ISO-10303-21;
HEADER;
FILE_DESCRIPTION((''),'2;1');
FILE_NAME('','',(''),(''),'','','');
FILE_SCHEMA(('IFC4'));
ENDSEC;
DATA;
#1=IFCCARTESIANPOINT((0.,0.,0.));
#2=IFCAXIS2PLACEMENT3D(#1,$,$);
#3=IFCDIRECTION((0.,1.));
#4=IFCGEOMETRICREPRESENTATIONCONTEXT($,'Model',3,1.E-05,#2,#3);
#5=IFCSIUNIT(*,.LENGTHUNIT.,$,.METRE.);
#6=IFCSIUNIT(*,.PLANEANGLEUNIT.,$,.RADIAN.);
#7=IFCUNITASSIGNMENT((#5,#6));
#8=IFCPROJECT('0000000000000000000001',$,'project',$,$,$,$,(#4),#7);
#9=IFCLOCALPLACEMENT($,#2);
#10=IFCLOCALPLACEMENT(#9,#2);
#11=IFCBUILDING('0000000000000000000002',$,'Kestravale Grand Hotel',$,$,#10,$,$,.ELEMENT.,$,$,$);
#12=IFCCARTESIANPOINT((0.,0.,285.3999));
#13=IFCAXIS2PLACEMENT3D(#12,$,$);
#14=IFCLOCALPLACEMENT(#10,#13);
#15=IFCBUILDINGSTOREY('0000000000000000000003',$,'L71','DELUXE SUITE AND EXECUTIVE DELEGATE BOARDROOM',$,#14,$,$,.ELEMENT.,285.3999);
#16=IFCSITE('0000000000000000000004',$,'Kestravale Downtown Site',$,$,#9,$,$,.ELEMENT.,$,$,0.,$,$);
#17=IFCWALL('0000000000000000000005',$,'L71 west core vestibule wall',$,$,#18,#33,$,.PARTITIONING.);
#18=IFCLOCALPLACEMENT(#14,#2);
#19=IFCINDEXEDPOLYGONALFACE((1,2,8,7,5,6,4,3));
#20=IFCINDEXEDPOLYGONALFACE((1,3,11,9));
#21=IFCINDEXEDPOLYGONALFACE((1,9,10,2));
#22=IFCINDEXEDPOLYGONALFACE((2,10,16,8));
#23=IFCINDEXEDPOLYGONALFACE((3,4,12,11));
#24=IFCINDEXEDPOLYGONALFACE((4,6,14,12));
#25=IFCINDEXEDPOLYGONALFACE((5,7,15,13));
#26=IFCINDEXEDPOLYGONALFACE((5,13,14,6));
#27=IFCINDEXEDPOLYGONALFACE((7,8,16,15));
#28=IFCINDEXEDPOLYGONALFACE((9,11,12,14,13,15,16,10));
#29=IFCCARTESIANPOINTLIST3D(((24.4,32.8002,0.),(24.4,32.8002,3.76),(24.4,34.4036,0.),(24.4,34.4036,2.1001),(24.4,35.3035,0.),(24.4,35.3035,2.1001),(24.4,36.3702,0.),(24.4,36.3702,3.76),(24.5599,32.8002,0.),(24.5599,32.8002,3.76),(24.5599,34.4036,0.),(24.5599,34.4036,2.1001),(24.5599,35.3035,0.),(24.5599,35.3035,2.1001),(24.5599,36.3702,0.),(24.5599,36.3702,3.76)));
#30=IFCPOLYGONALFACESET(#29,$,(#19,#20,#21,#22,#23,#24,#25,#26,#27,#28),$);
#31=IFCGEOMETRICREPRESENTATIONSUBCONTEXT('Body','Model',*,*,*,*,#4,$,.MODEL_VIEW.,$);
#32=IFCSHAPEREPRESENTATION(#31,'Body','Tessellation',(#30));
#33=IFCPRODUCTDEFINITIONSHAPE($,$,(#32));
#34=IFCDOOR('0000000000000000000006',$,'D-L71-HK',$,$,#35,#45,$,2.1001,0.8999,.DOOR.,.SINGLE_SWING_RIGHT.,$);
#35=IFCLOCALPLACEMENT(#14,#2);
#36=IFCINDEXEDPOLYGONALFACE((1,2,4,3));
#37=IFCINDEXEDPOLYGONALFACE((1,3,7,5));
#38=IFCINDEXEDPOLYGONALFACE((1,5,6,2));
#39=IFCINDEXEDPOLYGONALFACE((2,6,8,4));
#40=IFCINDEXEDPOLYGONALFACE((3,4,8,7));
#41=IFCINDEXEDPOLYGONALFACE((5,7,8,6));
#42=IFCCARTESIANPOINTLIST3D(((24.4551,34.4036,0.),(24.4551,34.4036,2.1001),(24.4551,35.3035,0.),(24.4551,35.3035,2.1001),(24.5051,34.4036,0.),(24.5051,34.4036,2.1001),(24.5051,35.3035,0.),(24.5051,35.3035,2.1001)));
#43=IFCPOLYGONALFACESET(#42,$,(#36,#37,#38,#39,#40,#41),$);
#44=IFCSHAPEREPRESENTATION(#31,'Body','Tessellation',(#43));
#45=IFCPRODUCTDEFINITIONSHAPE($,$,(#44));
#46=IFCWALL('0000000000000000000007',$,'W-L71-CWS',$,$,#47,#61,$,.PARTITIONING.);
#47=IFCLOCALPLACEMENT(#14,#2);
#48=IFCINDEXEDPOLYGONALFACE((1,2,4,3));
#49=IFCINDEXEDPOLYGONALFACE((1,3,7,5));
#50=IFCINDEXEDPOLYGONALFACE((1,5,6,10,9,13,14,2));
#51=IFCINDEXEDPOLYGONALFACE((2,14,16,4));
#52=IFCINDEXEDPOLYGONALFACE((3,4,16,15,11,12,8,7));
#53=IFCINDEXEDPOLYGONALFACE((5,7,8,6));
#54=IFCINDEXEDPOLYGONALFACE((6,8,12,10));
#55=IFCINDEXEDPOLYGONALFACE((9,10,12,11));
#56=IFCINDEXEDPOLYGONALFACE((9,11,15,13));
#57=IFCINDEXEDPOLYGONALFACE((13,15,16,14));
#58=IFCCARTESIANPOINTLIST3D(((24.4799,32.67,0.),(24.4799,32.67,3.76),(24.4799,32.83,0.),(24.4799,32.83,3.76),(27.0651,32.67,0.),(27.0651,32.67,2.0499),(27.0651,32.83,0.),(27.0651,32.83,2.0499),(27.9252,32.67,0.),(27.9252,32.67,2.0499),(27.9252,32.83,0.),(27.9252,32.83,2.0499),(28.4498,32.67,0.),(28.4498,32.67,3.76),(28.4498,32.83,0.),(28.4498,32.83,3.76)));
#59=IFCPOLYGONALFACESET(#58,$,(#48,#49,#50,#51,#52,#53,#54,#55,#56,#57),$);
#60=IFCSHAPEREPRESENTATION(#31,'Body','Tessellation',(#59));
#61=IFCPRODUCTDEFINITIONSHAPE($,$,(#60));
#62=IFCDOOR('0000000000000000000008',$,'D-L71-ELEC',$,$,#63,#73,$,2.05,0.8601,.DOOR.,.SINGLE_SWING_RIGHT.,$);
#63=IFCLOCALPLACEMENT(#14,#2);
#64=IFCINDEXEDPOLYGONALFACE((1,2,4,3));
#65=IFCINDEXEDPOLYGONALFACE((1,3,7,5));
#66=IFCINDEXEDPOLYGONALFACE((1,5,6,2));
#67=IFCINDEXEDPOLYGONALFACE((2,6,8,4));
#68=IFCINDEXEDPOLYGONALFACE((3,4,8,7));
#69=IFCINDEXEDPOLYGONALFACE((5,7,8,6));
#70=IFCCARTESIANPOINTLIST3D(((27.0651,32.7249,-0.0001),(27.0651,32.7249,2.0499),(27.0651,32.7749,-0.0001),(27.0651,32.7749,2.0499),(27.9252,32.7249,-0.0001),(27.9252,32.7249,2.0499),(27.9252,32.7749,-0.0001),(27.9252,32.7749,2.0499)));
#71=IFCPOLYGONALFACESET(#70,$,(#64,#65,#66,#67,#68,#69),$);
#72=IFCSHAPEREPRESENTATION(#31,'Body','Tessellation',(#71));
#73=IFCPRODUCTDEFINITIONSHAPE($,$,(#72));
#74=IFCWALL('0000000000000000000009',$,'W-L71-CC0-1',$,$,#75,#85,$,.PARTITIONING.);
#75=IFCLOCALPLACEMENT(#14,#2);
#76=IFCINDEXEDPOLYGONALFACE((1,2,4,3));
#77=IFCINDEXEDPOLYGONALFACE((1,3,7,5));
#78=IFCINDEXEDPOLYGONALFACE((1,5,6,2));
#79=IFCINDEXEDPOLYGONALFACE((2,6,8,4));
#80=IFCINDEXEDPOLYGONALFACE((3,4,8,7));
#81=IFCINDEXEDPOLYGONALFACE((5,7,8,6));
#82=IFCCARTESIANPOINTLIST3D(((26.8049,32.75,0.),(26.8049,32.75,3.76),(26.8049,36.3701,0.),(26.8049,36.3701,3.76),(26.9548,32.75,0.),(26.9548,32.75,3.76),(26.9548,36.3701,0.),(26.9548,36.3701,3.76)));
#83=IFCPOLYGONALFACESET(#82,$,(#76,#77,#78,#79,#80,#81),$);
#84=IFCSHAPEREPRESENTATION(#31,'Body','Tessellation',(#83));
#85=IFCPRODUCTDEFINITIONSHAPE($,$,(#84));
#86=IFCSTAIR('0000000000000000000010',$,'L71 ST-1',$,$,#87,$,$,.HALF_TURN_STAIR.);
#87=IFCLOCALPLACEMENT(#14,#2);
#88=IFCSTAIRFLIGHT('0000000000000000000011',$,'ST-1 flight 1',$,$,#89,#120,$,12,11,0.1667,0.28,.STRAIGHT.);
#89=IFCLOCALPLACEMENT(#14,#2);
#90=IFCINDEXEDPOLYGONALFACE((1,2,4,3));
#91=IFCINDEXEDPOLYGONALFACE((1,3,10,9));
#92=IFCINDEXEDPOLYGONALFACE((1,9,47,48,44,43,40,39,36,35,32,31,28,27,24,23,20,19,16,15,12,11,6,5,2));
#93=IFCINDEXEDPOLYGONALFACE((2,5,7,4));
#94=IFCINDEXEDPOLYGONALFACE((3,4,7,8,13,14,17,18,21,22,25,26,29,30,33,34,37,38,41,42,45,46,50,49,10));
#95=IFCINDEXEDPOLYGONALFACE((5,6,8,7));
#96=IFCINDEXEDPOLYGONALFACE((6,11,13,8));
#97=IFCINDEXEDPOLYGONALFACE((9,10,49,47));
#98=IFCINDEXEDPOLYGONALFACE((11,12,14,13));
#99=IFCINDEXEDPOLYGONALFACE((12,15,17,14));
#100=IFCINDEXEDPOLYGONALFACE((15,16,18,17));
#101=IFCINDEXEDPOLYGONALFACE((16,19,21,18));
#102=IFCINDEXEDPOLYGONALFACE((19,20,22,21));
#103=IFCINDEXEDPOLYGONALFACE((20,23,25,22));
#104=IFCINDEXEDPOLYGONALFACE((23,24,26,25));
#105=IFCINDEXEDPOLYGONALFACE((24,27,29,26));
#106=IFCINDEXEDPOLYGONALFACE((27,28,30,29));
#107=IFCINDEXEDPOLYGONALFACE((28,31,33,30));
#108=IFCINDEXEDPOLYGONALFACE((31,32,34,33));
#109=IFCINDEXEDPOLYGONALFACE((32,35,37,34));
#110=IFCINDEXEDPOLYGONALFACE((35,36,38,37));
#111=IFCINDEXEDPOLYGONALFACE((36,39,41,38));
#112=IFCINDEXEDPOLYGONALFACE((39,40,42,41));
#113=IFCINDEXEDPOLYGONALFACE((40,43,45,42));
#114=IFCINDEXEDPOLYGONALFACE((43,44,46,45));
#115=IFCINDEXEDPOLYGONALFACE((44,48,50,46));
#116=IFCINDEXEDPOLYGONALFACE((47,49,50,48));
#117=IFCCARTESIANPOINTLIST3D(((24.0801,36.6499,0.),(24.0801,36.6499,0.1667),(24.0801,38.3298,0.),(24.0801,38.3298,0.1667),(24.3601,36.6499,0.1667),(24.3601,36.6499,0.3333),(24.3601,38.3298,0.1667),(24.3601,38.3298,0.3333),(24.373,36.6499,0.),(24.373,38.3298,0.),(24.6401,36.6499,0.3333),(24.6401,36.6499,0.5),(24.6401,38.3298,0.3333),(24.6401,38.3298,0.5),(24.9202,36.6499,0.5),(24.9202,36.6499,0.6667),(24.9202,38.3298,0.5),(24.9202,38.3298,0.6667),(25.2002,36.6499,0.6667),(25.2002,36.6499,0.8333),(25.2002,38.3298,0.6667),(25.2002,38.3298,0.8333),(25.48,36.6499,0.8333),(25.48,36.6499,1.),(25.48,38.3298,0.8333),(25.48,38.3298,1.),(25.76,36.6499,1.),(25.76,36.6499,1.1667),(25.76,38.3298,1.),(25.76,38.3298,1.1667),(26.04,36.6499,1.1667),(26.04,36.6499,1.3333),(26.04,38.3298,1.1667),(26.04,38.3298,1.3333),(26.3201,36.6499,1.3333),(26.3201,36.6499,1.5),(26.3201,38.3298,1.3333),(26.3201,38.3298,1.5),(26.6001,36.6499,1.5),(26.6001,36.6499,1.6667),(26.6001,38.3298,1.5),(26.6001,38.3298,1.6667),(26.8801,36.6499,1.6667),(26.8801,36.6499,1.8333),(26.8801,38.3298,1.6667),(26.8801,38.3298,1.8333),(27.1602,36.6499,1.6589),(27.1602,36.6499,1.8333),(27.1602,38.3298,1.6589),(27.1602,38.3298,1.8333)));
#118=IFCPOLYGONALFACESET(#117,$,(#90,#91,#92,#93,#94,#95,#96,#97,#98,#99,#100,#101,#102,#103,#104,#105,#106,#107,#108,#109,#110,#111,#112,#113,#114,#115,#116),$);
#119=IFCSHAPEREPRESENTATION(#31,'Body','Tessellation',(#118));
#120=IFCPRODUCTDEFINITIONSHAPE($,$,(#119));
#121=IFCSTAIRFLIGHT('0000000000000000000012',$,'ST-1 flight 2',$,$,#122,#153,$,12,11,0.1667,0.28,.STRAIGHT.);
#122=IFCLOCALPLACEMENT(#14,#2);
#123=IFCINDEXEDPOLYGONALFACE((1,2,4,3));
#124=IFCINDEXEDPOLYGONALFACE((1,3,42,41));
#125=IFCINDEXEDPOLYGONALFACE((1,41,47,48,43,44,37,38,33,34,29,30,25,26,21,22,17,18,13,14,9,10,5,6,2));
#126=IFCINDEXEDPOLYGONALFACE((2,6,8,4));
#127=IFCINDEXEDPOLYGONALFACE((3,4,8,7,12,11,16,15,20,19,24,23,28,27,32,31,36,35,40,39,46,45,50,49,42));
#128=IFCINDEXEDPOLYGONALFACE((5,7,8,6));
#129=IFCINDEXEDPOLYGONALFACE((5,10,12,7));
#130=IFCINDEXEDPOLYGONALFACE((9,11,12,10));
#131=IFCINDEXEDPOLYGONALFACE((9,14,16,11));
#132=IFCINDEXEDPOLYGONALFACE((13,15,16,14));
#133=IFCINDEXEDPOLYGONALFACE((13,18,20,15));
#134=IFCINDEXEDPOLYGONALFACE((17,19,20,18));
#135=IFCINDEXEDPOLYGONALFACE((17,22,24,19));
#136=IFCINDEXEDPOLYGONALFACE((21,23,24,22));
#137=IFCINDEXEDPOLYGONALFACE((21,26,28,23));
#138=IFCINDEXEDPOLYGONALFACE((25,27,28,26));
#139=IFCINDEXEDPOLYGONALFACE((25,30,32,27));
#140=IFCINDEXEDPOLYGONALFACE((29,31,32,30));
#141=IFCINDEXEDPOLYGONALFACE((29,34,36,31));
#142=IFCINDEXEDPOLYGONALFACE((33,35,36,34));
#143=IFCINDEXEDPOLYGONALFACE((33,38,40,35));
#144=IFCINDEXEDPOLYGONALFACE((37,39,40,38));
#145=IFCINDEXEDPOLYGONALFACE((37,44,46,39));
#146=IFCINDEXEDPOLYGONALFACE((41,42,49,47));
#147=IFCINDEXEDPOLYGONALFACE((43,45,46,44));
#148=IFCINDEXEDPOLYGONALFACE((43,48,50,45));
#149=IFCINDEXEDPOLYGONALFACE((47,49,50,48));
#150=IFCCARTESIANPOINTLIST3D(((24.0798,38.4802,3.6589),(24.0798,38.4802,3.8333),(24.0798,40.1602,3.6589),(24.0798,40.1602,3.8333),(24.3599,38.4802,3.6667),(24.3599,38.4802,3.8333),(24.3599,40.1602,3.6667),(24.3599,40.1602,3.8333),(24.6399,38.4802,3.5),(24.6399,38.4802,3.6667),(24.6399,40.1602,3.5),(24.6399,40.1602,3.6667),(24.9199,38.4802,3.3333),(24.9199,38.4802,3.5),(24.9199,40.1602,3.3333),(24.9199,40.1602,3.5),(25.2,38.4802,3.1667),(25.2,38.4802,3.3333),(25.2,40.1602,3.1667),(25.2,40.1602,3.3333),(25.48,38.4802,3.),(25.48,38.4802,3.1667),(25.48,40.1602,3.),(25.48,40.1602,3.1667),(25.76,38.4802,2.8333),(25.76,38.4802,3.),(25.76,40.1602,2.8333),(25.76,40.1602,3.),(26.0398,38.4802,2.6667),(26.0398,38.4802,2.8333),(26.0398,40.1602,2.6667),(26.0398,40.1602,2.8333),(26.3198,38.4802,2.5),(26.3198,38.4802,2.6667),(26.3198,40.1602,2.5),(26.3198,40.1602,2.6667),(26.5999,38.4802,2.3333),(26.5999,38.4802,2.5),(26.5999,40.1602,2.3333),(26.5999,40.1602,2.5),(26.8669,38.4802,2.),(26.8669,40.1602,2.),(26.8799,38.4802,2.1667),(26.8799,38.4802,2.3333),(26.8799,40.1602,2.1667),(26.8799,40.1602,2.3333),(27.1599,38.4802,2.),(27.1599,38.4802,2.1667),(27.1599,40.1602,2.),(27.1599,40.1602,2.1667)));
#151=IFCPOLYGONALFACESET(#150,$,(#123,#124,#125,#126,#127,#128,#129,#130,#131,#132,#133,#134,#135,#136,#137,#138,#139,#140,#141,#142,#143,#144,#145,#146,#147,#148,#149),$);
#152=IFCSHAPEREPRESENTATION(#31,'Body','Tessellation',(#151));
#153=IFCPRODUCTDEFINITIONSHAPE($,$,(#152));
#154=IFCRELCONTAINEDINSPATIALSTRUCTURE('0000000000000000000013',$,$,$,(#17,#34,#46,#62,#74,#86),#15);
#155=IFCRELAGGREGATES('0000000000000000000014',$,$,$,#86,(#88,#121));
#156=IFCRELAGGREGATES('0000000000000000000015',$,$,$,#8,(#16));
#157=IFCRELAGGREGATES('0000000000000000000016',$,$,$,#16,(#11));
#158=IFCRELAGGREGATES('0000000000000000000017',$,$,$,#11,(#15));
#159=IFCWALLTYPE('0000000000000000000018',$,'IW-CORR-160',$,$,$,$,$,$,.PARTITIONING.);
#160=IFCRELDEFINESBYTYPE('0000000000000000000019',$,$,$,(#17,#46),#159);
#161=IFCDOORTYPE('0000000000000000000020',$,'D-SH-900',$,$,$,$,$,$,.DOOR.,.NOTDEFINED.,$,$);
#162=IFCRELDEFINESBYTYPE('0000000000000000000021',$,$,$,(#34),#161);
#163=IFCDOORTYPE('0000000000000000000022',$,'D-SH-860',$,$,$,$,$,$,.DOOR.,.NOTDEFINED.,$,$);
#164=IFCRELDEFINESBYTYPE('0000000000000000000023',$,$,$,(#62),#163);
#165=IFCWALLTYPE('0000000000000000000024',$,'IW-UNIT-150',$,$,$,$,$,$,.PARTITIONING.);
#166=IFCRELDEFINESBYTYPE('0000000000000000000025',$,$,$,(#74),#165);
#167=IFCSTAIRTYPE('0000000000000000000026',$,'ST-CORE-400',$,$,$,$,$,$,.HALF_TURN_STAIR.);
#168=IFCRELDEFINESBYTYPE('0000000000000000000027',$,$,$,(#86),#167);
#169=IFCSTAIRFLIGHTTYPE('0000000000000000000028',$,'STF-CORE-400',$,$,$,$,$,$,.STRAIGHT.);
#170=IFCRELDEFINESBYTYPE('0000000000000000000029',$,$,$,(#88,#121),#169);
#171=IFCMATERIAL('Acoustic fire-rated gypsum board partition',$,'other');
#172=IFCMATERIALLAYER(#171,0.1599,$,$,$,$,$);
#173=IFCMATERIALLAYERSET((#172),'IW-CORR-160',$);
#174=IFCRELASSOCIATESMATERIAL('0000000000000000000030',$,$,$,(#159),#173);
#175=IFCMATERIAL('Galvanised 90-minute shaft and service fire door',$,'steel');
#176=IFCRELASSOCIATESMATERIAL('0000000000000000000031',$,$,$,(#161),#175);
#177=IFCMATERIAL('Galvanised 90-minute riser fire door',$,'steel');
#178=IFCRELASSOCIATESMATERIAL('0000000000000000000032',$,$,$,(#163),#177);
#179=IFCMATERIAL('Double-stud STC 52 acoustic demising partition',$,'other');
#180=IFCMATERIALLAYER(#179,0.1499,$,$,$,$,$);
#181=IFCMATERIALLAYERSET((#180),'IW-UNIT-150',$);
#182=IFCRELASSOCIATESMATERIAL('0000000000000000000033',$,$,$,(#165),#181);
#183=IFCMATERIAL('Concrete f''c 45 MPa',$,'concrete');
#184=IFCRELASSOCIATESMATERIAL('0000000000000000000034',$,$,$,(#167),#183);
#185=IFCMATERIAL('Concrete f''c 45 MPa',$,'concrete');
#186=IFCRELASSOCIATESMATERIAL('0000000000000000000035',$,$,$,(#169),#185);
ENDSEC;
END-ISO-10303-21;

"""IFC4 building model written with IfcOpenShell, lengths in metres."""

from ifc_helpers import new_model, si_unit, direction, frame, frame_2d, origin, place, context, subcontext, project, spatial, polyline, rectangle, outline, extrude, material, layer, layer_set, type_object, element, fill, aggregate, save


model = new_model("IFC4")

# Units and contexts
model_context = context("Model", 3, precision=1e-05, world=origin(), true_north=direction((0.0, 1.0)))
body_context = subcontext(model_context, "Body", "Model", "MODEL_VIEW")
ifc_project = project(units=[si_unit("LENGTHUNIT", "METRE"), si_unit("PLANEANGLEUNIT", "RADIAN")], contexts=[model_context])

# Site, building, storey
site_placement = place(None, origin())
site = spatial("IfcSite", under=ifc_project, at=site_placement, Name="Kestravale Downtown Site", CompositionType="ELEMENT", RefElevation=0.0)
building_placement = place(site_placement, origin())
building = spatial("IfcBuilding", under=site, at=building_placement, Name="Kestravale Grand Hotel", CompositionType="ELEMENT")
storey_placement = place(building_placement, frame((0.0, 0.0, 285.3999)))
storey = spatial("IfcBuildingStorey", under=building, at=storey_placement, Name="L71", Description="DELUXE SUITE AND EXECUTIVE DELEGATE BOARDROOM", CompositionType="ELEMENT", Elevation=285.3999)

# Walls, openings, doors
ifc_material_1 = material(Name="Acoustic fire-rated gypsum board partition", Category="other")
ifc_layer_1 = layer(ifc_material_1, 0.1599)
ifc_layer_set_1 = layer_set([ifc_layer_1], Name="IW-CORR-160")
wall_type_1 = type_object("IfcWallType", Name="IW-CORR-160", PredefinedType="PARTITIONING", material=ifc_layer_set_1)
wall_1_placement = place(storey_placement, frame((24.48, 32.8, 0.0), z_axis=(0.0, 0.0, 1.0), x_axis=(0.0, 1.0, 0.0)))
wall_1 = element("IfcWall", 1, at=wall_1_placement, inside=storey, type_object=wall_type_1, Name="L71 west core vestibule wall", PredefinedType="PARTITIONING", context=body_context, shape_type="SweptSolid", body=[
    extrude(rectangle(XDim=3.5701, YDim=0.1599, at=frame_2d((1.7852, 0.0))), origin(), (0.0, 0.0, 1.0), 3.76),
])
opening_1_placement = place(wall_1_placement, frame((1.6035, 0.0, 0.0)))
opening_1 = element("IfcOpeningElement", 2, at=opening_1_placement, cuts=wall_1, PredefinedType="OPENING", context=body_context, shape_type="SweptSolid", body=[
    extrude(rectangle(XDim=0.8999, YDim=2.1001, at=frame_2d((0.45, 1.05))), frame((0.0, 0.0898, 0.0), z_axis=(0.0, -1.0, 0.0), x_axis=(1.0, 0.0, 0.0)), (0.0, 0.0, 1.0), 0.1799),
])
ifc_material_2 = material(Name="Galvanised 90-minute shaft and service fire door", Category="steel")
door_type_1 = type_object("IfcDoorType", Name="D-SH-900", OperationType="NOTDEFINED", PredefinedType="DOOR", material=ifc_material_2)
door_1_placement = place(opening_1_placement, origin())
door_1 = element("IfcDoor", 3, at=door_1_placement, inside=storey, type_object=door_type_1, Name="D-L71-HK", OperationType="SINGLE_SWING_RIGHT", OverallHeight=2.1001, OverallWidth=0.8999, PredefinedType="DOOR", context=body_context, shape_type="SweptSolid", body=[
    extrude(rectangle(XDim=0.8999, YDim=2.1001, at=frame_2d((0.45, 1.05))), frame((0.0, 0.0249, 0.0), z_axis=(0.0, -1.0, 0.0), x_axis=(1.0, 0.0, 0.0)), (0.0, 0.0, 1.0), 0.05),
])
fill(opening_1, door_1)
wall_2_placement = place(storey_placement, frame((24.48, 32.75, 0.0), z_axis=(0.0, 0.0, 1.0), x_axis=(1.0, 0.0, 0.0)))
wall_2 = element("IfcWall", 4, at=wall_2_placement, inside=storey, type_object=wall_type_1, Name="W-L71-CWS", PredefinedType="PARTITIONING", context=body_context, shape_type="SweptSolid", body=[
    extrude(rectangle(XDim=3.97, YDim=0.1599, at=frame_2d((1.9849, 0.0))), origin(), (0.0, 0.0, 1.0), 3.76),
])
opening_2_placement = place(wall_2_placement, frame((2.585, 0.0, 0.0)))
opening_2 = element("IfcOpeningElement", 5, at=opening_2_placement, cuts=wall_2, PredefinedType="OPENING", context=body_context, shape_type="SweptSolid", body=[
    extrude(rectangle(XDim=0.8601, YDim=2.05, at=frame_2d((0.4302, 1.0249))), frame((0.0, 0.0898, 0.0), z_axis=(0.0, -1.0, 0.0), x_axis=(1.0, 0.0, 0.0)), (0.0, 0.0, 1.0), 0.1799),
])
ifc_material_3 = material(Name="Galvanised 90-minute riser fire door", Category="steel")
door_type_2 = type_object("IfcDoorType", Name="D-SH-860", OperationType="NOTDEFINED", PredefinedType="DOOR", material=ifc_material_3)
door_2_placement = place(opening_2_placement, origin())
door_2 = element("IfcDoor", 6, at=door_2_placement, inside=storey, type_object=door_type_2, Name="D-L71-ELEC", OperationType="SINGLE_SWING_RIGHT", OverallHeight=2.05, OverallWidth=0.8601, PredefinedType="DOOR", context=body_context, shape_type="SweptSolid", body=[
    extrude(rectangle(XDim=0.8601, YDim=2.05, at=frame_2d((0.4302, 1.0249))), frame((0.0, 0.0249, 0.0), z_axis=(0.0, -1.0, 0.0), x_axis=(1.0, 0.0, 0.0)), (0.0, 0.0, 1.0), 0.05),
])
fill(opening_2, door_2)

# Wall
ifc_material_4 = material(Name="Double-stud STC 52 acoustic demising partition", Category="other")
ifc_layer_2 = layer(ifc_material_4, 0.1499)
ifc_layer_set_2 = layer_set([ifc_layer_2], Name="IW-UNIT-150")
wall_type_2 = type_object("IfcWallType", Name="IW-UNIT-150", PredefinedType="PARTITIONING", material=ifc_layer_set_2)
wall_3_placement = place(storey_placement, frame((26.8799, 32.75, 0.0), z_axis=(0.0, 0.0, 1.0), x_axis=(0.0, 1.0, 0.0)))
element("IfcWall", 7, at=wall_3_placement, inside=storey, type_object=wall_type_2, Name="W-L71-CC0-1", PredefinedType="PARTITIONING", context=body_context, shape_type="SweptSolid", body=[
    extrude(rectangle(XDim=3.6201, YDim=0.1499, at=frame_2d((1.8101, 0.0))), origin(), (0.0, 0.0, 1.0), 3.76),
])

# Stair, stair flights
ifc_material_5 = material(Name="Concrete f'c 45 MPa", Category="concrete")
stair_type = type_object("IfcStairType", Name="ST-CORE-400", PredefinedType="HALF_TURN_STAIR", material=ifc_material_5)
stair_placement = place(storey_placement, origin())
stair = element("IfcStair", 8, at=stair_placement, inside=storey, type_object=stair_type, Name="L71 ST-1", PredefinedType="HALF_TURN_STAIR")
ifc_material_6 = material(Name="Concrete f'c 45 MPa", Category="concrete")
stair_flight_type = type_object("IfcStairFlightType", Name="STF-CORE-400", PredefinedType="STRAIGHT", material=ifc_material_6)
stair_flight_1_placement = place(storey_placement, frame((24.0801, 37.49, 0.0), z_axis=(0.0, 0.0, 1.0), x_axis=(1.0, 0.0, 0.0)))
stair_flight_1 = element("IfcStairFlight", 9, at=stair_flight_1_placement, type_object=stair_flight_type, Name="ST-1 flight 1", NumberOfRisers=12, NumberOfTreads=11, PredefinedType="STRAIGHT", RiserHeight=0.1667, TreadLength=0.28, context=body_context, shape_type="SweptSolid", body=[
    extrude(outline(polyline([(0.0, 0.0), (0.0, 0.1667), (0.28, 0.1667), (0.28, 0.3333), (0.5601, 0.3333), (0.5601, 0.5), (0.8401, 0.5), (0.8401, 0.6667), (1.1201, 0.6667), (1.1201, 0.8333), (1.3999, 0.8333), (1.3999, 1.0), (1.6799, 1.0), (1.6799, 1.1667), (1.96, 1.1667), (1.96, 1.3333), (2.24, 1.3333), (2.24, 1.5), (2.52, 1.5), (2.52, 1.6667), (2.8, 1.6667), (2.8, 1.8333), (3.0801, 1.8333), (3.0801, 2.0), (3.0801, 1.6589), (0.293, 0.0), (0.0, 0.0)])), frame((0.0, 0.8398, 0.0), z_axis=(0.0, -1.0, 0.0), x_axis=(1.0, 0.0, 0.0)), (0.0, 0.0, 1.0), 1.6799),
])
stair_flight_2_placement = place(storey_placement, frame((27.1599, 39.3201, 2.0), z_axis=(0.0, 0.0, 1.0), x_axis=(-1.0, 0.0, 0.0)))
stair_flight_2 = element("IfcStairFlight", 10, at=stair_flight_2_placement, type_object=stair_flight_type, Name="ST-1 flight 2", NumberOfRisers=12, NumberOfTreads=11, PredefinedType="STRAIGHT", RiserHeight=0.1667, TreadLength=0.28, context=body_context, shape_type="SweptSolid", body=[
    extrude(outline(polyline([(0.0, 0.0), (0.0, 0.1667), (0.28, 0.1667), (0.28, 0.3333), (0.5601, 0.3333), (0.5601, 0.5), (0.8401, 0.5), (0.8401, 0.6667), (1.1201, 0.6667), (1.1201, 0.8333), (1.3999, 0.8333), (1.3999, 1.0), (1.6799, 1.0), (1.6799, 1.1667), (1.96, 1.1667), (1.96, 1.3333), (2.24, 1.3333), (2.24, 1.5), (2.52, 1.5), (2.52, 1.6667), (2.8, 1.6667), (2.8, 1.8333), (3.0801, 1.8333), (3.0801, 2.0), (3.0801, 1.6589), (0.293, 0.0), (0.0, 0.0)])), frame((0.0, 0.8398, 0.0), z_axis=(0.0, -1.0, 0.0), x_axis=(1.0, 0.0, 0.0)), (0.0, 0.0, 1.0), 1.6799),
])
aggregate(stair, [stair_flight_1, stair_flight_2])

save(model, "model.ifc")
